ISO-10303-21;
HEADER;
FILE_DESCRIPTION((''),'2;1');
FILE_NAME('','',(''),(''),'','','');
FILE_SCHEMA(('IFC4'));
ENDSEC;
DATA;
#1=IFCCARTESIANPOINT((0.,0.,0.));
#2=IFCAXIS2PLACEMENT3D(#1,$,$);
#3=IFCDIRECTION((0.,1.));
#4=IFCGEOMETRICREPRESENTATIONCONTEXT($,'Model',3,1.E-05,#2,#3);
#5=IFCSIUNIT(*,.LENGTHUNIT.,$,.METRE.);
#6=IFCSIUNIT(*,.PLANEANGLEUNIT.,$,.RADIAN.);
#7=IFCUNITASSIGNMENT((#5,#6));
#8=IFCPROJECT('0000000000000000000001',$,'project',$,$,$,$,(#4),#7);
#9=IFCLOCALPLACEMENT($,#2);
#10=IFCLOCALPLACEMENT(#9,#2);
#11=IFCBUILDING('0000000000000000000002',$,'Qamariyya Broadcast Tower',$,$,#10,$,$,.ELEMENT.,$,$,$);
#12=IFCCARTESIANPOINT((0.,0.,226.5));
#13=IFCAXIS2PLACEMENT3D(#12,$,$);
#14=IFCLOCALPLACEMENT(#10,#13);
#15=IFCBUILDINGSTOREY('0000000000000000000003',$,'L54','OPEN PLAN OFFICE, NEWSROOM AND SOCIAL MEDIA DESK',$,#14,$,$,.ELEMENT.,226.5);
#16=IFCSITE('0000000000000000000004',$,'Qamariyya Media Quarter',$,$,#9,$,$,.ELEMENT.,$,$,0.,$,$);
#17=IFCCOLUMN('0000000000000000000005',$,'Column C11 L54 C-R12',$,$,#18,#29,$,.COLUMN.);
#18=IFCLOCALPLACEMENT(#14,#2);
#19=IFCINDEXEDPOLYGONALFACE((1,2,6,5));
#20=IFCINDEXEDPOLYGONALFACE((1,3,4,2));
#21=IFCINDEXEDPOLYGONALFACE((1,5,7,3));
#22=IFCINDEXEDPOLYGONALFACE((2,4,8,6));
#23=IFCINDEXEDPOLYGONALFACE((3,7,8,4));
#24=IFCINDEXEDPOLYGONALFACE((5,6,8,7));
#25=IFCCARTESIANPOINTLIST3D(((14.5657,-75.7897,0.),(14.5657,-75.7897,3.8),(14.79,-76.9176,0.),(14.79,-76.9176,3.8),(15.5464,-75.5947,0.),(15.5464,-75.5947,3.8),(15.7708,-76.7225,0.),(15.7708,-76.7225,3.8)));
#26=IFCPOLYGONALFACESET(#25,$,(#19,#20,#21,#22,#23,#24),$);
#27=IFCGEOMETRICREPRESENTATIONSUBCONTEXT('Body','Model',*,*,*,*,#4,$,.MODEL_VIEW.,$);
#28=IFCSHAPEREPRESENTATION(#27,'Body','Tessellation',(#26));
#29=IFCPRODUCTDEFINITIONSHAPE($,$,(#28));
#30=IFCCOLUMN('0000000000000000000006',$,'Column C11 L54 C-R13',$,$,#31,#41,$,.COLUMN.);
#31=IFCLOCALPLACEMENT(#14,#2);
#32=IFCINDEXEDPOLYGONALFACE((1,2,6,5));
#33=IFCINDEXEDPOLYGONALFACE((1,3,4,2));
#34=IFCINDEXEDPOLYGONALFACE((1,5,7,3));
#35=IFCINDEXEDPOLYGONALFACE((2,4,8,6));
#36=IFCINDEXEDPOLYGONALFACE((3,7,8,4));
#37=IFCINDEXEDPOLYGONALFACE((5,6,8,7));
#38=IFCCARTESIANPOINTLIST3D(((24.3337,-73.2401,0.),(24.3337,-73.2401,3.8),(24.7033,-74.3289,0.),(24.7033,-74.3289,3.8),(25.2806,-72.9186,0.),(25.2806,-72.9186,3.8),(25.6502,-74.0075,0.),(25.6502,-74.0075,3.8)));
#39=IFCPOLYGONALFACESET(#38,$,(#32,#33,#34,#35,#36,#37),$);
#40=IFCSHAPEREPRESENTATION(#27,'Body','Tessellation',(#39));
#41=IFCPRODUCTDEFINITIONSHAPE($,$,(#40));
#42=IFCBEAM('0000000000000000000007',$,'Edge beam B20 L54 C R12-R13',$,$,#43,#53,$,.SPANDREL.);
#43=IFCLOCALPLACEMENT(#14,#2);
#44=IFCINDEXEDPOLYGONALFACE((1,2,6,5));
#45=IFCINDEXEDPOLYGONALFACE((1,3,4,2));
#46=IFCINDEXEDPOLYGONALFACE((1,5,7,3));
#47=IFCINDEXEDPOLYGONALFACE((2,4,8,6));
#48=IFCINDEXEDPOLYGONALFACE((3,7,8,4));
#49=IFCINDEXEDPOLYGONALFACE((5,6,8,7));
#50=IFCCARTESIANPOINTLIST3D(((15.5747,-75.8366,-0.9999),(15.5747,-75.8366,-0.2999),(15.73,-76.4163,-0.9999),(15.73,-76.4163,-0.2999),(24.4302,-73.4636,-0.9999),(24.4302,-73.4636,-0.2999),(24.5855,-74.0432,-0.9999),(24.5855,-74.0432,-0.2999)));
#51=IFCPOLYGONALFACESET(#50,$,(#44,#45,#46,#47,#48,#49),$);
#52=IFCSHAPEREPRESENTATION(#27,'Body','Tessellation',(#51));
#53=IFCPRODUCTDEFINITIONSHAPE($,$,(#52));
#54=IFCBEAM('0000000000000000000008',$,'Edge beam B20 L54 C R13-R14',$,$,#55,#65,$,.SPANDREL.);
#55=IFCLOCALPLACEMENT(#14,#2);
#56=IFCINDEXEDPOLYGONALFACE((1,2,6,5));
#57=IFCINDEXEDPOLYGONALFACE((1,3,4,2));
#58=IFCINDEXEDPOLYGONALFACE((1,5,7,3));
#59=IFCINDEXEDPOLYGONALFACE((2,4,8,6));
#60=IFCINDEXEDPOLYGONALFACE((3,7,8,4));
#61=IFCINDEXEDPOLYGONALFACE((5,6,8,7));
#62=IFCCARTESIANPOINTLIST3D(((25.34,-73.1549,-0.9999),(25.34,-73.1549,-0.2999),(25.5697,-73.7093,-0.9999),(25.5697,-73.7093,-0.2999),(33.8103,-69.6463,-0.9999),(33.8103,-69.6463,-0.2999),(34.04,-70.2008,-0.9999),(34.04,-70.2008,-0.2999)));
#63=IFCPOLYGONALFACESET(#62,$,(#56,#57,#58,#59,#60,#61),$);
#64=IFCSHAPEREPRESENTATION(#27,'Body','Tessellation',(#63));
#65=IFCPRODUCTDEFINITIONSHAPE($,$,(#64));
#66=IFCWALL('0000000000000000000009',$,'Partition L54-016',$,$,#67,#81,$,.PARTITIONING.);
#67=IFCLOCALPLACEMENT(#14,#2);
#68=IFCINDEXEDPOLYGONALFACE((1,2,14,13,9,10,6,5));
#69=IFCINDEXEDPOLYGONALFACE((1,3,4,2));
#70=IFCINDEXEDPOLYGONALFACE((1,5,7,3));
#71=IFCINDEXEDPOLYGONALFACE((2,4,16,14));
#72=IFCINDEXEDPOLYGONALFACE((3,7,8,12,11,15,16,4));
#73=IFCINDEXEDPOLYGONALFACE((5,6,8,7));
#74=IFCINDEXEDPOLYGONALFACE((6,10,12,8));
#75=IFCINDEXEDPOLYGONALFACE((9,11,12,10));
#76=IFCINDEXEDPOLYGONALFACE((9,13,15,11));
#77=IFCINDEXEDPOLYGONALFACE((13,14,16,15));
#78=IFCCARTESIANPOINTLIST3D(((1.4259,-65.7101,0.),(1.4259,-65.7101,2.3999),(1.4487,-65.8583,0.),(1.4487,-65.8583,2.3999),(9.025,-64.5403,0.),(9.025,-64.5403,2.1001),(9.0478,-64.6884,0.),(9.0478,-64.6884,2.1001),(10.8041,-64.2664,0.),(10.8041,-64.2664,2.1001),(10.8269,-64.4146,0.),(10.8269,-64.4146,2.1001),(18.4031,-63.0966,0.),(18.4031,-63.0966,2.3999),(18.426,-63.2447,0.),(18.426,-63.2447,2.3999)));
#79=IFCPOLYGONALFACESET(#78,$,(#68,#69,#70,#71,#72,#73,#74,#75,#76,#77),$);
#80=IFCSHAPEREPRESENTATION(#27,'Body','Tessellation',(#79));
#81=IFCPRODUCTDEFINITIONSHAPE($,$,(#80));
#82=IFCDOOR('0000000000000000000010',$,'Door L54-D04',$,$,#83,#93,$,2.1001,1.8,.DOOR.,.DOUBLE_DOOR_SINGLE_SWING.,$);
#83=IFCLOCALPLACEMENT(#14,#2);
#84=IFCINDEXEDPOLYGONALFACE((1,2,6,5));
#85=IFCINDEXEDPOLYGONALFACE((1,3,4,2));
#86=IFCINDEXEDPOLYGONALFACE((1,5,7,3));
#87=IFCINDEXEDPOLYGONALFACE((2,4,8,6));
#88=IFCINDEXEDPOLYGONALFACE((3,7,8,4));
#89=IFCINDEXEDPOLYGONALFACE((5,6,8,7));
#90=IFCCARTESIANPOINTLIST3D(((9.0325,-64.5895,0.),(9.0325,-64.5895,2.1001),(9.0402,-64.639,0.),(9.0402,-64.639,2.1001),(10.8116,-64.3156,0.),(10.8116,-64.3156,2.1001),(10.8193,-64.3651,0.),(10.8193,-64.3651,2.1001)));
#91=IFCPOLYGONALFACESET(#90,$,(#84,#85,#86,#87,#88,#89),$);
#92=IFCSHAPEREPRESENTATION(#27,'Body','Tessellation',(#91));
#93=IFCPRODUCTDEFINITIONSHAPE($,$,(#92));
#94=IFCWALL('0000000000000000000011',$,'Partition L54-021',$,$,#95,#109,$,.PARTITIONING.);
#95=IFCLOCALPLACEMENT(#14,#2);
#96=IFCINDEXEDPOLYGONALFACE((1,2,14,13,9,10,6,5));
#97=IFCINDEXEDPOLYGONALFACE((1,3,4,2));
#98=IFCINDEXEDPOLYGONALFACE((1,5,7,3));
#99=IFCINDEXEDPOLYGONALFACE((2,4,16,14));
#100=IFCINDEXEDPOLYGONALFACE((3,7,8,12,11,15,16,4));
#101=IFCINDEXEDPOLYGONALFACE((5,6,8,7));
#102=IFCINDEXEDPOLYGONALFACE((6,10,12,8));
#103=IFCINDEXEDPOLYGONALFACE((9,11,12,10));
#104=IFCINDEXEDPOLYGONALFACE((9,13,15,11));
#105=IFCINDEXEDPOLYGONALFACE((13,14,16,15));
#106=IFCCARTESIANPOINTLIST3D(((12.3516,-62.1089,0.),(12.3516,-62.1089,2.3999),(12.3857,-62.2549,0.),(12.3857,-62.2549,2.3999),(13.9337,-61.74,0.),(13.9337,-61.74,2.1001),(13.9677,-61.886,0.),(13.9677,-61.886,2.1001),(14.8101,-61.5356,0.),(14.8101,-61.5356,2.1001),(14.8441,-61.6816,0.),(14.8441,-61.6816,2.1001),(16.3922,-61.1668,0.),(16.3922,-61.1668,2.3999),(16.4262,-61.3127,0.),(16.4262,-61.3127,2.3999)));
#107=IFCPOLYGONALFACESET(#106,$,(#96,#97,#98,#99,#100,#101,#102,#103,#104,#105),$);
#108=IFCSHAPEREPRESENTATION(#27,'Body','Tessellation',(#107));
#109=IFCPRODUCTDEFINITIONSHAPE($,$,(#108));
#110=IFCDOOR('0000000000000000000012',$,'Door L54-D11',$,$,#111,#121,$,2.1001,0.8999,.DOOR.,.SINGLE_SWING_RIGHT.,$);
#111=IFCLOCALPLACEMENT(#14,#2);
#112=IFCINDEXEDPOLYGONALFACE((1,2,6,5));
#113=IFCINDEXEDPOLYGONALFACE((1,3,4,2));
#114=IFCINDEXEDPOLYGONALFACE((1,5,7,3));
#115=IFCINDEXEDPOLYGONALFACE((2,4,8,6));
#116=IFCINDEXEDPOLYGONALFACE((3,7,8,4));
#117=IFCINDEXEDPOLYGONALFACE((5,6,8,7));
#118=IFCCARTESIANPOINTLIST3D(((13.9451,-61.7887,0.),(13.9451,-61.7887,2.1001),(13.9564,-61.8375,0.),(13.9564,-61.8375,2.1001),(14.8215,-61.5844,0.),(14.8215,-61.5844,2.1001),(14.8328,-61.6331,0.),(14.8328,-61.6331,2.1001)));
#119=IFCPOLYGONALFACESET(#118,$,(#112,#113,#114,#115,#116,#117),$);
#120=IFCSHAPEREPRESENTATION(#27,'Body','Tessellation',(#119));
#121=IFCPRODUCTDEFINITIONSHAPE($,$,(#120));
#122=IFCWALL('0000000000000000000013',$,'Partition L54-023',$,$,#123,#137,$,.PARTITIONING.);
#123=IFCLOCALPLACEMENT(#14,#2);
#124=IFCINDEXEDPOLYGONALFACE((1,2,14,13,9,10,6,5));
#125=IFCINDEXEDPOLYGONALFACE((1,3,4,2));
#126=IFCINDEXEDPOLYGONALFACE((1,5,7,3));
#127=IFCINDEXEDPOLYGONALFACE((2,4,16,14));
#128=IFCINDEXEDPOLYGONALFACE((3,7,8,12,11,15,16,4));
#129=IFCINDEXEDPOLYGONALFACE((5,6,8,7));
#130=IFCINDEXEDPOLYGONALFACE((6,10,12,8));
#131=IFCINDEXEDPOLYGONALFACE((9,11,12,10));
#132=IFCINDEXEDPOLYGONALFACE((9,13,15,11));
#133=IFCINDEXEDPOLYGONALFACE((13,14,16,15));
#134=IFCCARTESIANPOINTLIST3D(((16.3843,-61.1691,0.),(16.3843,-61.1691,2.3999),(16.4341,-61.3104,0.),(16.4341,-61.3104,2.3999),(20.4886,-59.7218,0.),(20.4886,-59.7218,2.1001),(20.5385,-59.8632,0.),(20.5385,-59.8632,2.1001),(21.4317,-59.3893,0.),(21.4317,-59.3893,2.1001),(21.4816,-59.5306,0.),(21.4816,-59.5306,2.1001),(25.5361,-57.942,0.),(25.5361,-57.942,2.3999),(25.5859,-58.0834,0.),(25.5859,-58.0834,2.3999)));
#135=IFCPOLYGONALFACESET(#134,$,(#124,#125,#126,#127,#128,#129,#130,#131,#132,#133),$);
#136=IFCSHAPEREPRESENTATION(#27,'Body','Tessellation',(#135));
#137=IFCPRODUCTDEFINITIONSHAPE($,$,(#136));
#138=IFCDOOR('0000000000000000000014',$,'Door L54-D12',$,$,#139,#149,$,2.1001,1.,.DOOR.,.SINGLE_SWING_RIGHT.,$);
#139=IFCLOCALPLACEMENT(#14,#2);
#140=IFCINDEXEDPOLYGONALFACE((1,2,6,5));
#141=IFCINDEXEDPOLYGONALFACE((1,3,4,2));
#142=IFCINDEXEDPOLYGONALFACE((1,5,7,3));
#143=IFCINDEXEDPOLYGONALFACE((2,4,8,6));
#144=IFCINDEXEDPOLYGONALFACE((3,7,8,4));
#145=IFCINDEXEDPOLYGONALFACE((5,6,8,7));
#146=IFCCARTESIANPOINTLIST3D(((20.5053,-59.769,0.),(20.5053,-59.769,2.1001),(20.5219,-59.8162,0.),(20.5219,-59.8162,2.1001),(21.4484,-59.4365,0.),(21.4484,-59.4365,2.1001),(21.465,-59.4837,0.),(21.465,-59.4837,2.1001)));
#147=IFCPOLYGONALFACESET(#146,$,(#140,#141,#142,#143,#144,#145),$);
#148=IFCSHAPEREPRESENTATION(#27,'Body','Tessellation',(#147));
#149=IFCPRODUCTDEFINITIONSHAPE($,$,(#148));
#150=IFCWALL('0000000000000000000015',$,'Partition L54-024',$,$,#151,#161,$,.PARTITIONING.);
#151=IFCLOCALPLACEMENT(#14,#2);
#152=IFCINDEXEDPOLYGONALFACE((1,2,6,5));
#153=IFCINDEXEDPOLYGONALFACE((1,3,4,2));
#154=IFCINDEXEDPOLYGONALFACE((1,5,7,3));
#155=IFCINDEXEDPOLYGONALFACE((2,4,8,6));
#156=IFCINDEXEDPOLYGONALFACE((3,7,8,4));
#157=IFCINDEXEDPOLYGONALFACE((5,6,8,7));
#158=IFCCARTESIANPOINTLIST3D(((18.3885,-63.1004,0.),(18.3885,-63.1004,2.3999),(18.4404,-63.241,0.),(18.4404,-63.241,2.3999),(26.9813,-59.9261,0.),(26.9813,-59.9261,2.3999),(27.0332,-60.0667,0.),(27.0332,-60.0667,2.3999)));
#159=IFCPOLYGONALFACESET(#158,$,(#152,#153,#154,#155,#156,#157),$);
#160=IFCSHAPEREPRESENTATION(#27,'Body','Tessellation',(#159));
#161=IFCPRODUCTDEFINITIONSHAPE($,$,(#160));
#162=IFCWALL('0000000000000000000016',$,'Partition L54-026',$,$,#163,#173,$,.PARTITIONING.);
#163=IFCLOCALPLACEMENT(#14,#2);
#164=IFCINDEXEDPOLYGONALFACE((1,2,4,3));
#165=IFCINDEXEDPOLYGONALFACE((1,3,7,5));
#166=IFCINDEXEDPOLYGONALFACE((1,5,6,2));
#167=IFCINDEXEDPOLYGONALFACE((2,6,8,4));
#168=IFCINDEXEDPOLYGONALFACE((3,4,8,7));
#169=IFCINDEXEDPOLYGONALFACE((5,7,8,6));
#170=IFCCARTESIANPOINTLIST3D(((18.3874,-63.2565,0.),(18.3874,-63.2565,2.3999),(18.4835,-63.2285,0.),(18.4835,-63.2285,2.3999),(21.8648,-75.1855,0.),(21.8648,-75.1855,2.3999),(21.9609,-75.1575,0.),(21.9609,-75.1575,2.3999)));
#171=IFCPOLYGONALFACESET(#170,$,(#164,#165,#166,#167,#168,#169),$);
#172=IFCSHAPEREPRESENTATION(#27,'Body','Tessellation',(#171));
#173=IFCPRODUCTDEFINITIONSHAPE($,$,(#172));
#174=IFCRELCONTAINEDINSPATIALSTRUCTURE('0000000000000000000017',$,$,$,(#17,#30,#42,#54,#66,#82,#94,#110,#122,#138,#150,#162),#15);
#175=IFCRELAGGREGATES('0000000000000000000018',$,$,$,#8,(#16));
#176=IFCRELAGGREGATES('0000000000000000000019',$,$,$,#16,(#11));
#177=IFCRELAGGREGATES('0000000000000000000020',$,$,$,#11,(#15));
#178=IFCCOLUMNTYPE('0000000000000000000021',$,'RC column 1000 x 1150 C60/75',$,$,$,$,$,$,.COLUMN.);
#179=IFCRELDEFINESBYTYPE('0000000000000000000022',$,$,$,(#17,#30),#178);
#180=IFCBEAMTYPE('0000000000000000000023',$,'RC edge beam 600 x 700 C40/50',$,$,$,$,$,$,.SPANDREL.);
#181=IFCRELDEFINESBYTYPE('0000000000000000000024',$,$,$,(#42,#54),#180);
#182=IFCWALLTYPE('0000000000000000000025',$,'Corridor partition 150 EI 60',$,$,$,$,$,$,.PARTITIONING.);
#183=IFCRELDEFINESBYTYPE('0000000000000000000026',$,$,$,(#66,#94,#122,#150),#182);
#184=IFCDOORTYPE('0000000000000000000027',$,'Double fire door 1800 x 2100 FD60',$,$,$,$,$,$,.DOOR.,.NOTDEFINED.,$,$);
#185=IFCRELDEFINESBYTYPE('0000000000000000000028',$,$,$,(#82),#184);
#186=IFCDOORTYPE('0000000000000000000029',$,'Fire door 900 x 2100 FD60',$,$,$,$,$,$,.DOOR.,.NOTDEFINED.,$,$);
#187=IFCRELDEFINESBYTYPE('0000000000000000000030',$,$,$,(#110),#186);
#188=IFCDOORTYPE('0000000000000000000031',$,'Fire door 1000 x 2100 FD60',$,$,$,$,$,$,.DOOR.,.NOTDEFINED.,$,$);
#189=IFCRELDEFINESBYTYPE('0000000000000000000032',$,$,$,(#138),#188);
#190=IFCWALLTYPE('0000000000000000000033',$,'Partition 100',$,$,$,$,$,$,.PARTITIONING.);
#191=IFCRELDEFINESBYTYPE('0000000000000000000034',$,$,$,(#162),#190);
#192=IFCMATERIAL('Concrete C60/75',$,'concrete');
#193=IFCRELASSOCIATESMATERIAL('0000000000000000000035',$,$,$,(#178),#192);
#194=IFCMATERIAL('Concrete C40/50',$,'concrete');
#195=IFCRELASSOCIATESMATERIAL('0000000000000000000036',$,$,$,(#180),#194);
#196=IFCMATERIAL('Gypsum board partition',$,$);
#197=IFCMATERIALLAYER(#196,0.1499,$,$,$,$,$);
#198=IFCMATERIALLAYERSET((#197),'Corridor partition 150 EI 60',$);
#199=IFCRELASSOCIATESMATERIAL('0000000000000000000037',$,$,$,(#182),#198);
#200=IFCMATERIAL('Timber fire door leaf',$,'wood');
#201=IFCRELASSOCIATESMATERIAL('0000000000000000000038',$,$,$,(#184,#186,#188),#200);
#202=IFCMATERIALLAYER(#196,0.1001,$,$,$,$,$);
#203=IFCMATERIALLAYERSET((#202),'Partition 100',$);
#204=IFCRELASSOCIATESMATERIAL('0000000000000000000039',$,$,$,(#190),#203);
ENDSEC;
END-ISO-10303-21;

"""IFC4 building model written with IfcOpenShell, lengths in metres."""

from ifc_helpers import new_model, si_unit, direction, frame, frame_2d, origin, origin_2d, place, context, subcontext, project, spatial, rectangle, extrude, material, layer, layer_set, material_profile, profile_set, type_object, element, fill, save


model = new_model("IFC4")

# Units and contexts
model_context = context("Model", 3, precision=1e-05, world=origin(), true_north=direction((0.0, 1.0)))
body_context = subcontext(model_context, "Body", "Model", "MODEL_VIEW")
ifc_project = project(units=[si_unit("LENGTHUNIT", "METRE"), si_unit("PLANEANGLEUNIT", "RADIAN")], contexts=[model_context])

# Site, building, storey
site_placement = place(None, origin())
site = spatial("IfcSite", under=ifc_project, at=site_placement, Name="Qamariyya Media Quarter", CompositionType="ELEMENT", RefElevation=0.0)
building_placement = place(site_placement, origin())
building = spatial("IfcBuilding", under=site, at=building_placement, Name="Qamariyya Broadcast Tower", CompositionType="ELEMENT")
storey_placement = place(building_placement, frame((0.0, 0.0, 226.5)))
storey = spatial("IfcBuildingStorey", under=building, at=storey_placement, Name="L54", Description="OPEN PLAN OFFICE, NEWSROOM AND SOCIAL MEDIA DESK", CompositionType="ELEMENT", Elevation=226.5)

# Columns
ifc_material_1 = material(Name="Concrete C60/75", Category="concrete")
ifc_material_profile_1 = material_profile(ifc_material_1, rectangle(XDim=1.0, YDim=1.1499, at=origin_2d()))
ifc_profile_set_1 = profile_set([ifc_material_profile_1], Name="Concrete C60/75")
column_type = type_object("IfcColumnType", Name="RC column 1000 x 1150 C60/75", PredefinedType="COLUMN", material=ifc_profile_set_1)
for number, where, z_axis, x_axis, name in (
    (1, (15.1682, -76.2561, 0.0), (0.0, 0.0, 1.0), (0.980785, 0.19509, 0.0), "Column C11 L54 C-R12"),
    (2, (24.9919, -73.6238, 0.0), (0.0, 0.0, 1.0), (0.94693, 0.321439, 0.0), "Column C11 L54 C-R13"),
):
    element("IfcColumn", number, at=place(storey_placement, frame(where, z_axis=z_axis, x_axis=x_axis)), inside=storey, type_object=column_type, Name=name, PredefinedType="COLUMN", context=body_context, shape_type="SweptSolid", body=[
        extrude(rectangle(XDim=1.0, YDim=1.1499, at=origin_2d()), origin(), (0.0, 0.0, 1.0), 3.8),
    ])

# Beams
ifc_material_2 = material(Name="Concrete C40/50", Category="concrete")
ifc_material_profile_2 = material_profile(ifc_material_2, rectangle(XDim=0.6001, YDim=0.7, at=origin_2d()))
ifc_profile_set_2 = profile_set([ifc_material_profile_2], Name="Concrete C40/50")
beam_type = type_object("IfcBeamType", Name="RC edge beam 600 x 700 C40/50", PredefinedType="SPANDREL", material=ifc_profile_set_2)
beam_1_placement = place(storey_placement, frame((15.6523, -76.1265, -0.6499), z_axis=(0.96592, 0.258843, 0.0), x_axis=(-0.258843, 0.96592, 0.0)))
element("IfcBeam", 3, at=beam_1_placement, inside=storey, type_object=beam_type, Name="Edge beam B20 L54 C R12-R13", PredefinedType="SPANDREL", context=body_context, shape_type="SweptSolid", body=[
    extrude(rectangle(XDim=0.6001, YDim=0.7, at=origin_2d()), origin(), (0.0, 0.0, 1.0), 9.168),
])
beam_2_placement = place(storey_placement, frame((25.4548, -73.4321, -0.6499), z_axis=(0.923877, 0.38269, 0.0), x_axis=(-0.38269, 0.923877, 0.0)))
element("IfcBeam", 4, at=beam_2_placement, inside=storey, type_object=beam_type, Name="Edge beam B20 L54 C R13-R14", PredefinedType="SPANDREL", context=body_context, shape_type="SweptSolid", body=[
    extrude(rectangle(XDim=0.6001, YDim=0.7, at=origin_2d()), origin(), (0.0, 0.0, 1.0), 9.1682),
])

# Walls, openings, doors
ifc_material_3 = material(Name="Gypsum board partition")
ifc_layer_1 = layer(ifc_material_3, 0.1499)
ifc_layer_set_1 = layer_set([ifc_layer_1], Name="Corridor partition 150 EI 60")
wall_type_1 = type_object("IfcWallType", Name="Corridor partition 150 EI 60", PredefinedType="PARTITIONING", material=ifc_layer_set_1)
wall_1_placement = place(storey_placement, frame((18.4146, -63.1707, 0.0), z_axis=(0.0, 0.0, 1.0), x_axis=(-0.988357, -0.15215, 0.0)))
wall_1 = element("IfcWall", 5, at=wall_1_placement, inside=storey, type_object=wall_type_1, Name="Partition L54-016", PredefinedType="PARTITIONING", context=body_context, shape_type="SweptSolid", body=[
    extrude(rectangle(XDim=17.1772, YDim=0.1499, at=frame_2d((8.5886, 0.0))), origin(), (0.0, 0.0, 1.0), 2.3999),
])
opening_1_placement = place(wall_1_placement, frame((7.6887, 0.0, 0.0)))
opening_1 = element("IfcOpeningElement", 6, at=opening_1_placement, cuts=wall_1, PredefinedType="OPENING", context=body_context, shape_type="SweptSolid", body=[
    extrude(rectangle(XDim=1.8, YDim=2.1001, at=frame_2d((0.8999, 1.05))), frame((0.0, 0.085, 0.0), z_axis=(0.0, -1.0, 0.0), x_axis=(1.0, 0.0, 0.0)), (0.0, 0.0, 1.0), 0.1699),
])
ifc_material_4 = material(Name="Timber fire door leaf", Category="wood")
door_type_1 = type_object("IfcDoorType", Name="Double fire door 1800 x 2100 FD60", OperationType="NOTDEFINED", PredefinedType="DOOR", material=ifc_material_4)
door_1_placement = place(opening_1_placement, origin())
door_1 = element("IfcDoor", 7, at=door_1_placement, inside=storey, type_object=door_type_1, Name="Door L54-D04", OperationType="DOUBLE_DOOR_SINGLE_SWING", OverallHeight=2.1001, OverallWidth=1.8, PredefinedType="DOOR", context=body_context, shape_type="SweptSolid", body=[
    extrude(rectangle(XDim=1.8, YDim=2.1001, at=frame_2d((0.8999, 1.05))), frame((0.0, 0.0249, 0.0), z_axis=(0.0, -1.0, 0.0), x_axis=(1.0, 0.0, 0.0)), (0.0, 0.0, 1.0), 0.05),
])
fill(opening_1, door_1)
wall_2_placement = place(storey_placement, frame((12.3687, -62.1819, 0.0), z_axis=(0.0, 0.0, 1.0), x_axis=(0.973876, 0.227081, 0.0)))
wall_2 = element("IfcWall", 8, at=wall_2_placement, inside=storey, type_object=wall_type_1, Name="Partition L54-021", PredefinedType="PARTITIONING", context=body_context, shape_type="SweptSolid", body=[
    extrude(rectangle(XDim=4.1489, YDim=0.1499, at=frame_2d((2.0745, 0.0))), origin(), (0.0, 0.0, 1.0), 2.3999),
])
opening_2_placement = place(wall_2_placement, frame((1.6245, 0.0, 0.0)))
opening_2 = element("IfcOpeningElement", 9, at=opening_2_placement, cuts=wall_2, PredefinedType="OPENING", context=body_context, shape_type="SweptSolid", body=[
    extrude(rectangle(XDim=0.8999, YDim=2.1001, at=frame_2d((0.45, 1.05))), frame((0.0, 0.085, 0.0), z_axis=(0.0, -1.0, 0.0), x_axis=(1.0, 0.0, 0.0)), (0.0, 0.0, 1.0), 0.1699),
])
door_type_2 = type_object("IfcDoorType", Name="Fire door 900 x 2100 FD60", OperationType="NOTDEFINED", PredefinedType="DOOR", material=ifc_material_4)
door_2_placement = place(opening_2_placement, origin())
door_2 = element("IfcDoor", 10, at=door_2_placement, inside=storey, type_object=door_type_2, Name="Door L54-D11", OperationType="SINGLE_SWING_RIGHT", OverallHeight=2.1001, OverallWidth=0.8999, PredefinedType="DOOR", context=body_context, shape_type="SweptSolid", body=[
    extrude(rectangle(XDim=0.8999, YDim=2.1001, at=frame_2d((0.45, 1.05))), frame((0.0, 0.0249, 0.0), z_axis=(0.0, -1.0, 0.0), x_axis=(1.0, 0.0, 0.0)), (0.0, 0.0, 1.0), 0.05),
])
fill(opening_2, door_2)
wall_3_placement = place(storey_placement, frame((16.4092, -61.2397, 0.0), z_axis=(0.0, 0.0, 1.0), x_axis=(0.943088, 0.332544, 0.0)))
wall_3 = element("IfcWall", 11, at=wall_3_placement, inside=storey, type_object=wall_type_1, Name="Partition L54-023", PredefinedType="PARTITIONING", context=body_context, shape_type="SweptSolid", body=[
    extrude(rectangle(XDim=9.7041, YDim=0.1499, at=frame_2d((4.8521, 0.0))), origin(), (0.0, 0.0, 1.0), 2.3999),
])
opening_3_placement = place(wall_3_placement, frame((4.3521, 0.0, 0.0)))
opening_3 = element("IfcOpeningElement", 12, at=opening_3_placement, cuts=wall_3, PredefinedType="OPENING", context=body_context, shape_type="SweptSolid", body=[
    extrude(rectangle(XDim=1.0, YDim=2.1001, at=frame_2d((0.5, 1.05))), frame((0.0, 0.085, 0.0), z_axis=(0.0, -1.0, 0.0), x_axis=(1.0, 0.0, 0.0)), (0.0, 0.0, 1.0), 0.1699),
])
door_type_3 = type_object("IfcDoorType", Name="Fire door 1000 x 2100 FD60", OperationType="NOTDEFINED", PredefinedType="DOOR", material=ifc_material_4)
door_3_placement = place(opening_3_placement, origin())
door_3 = element("IfcDoor", 13, at=door_3_placement, inside=storey, type_object=door_type_3, Name="Door L54-D12", OperationType="SINGLE_SWING_RIGHT", OverallHeight=2.1001, OverallWidth=1.0, PredefinedType="DOOR", context=body_context, shape_type="SweptSolid", body=[
    extrude(rectangle(XDim=1.0, YDim=2.1001, at=frame_2d((0.5, 1.05))), frame((0.0, 0.0249, 0.0), z_axis=(0.0, -1.0, 0.0), x_axis=(1.0, 0.0, 0.0)), (0.0, 0.0, 1.0), 0.05),
])
fill(opening_3, door_3)

# Walls
wall_4_placement = place(storey_placement, frame((18.4146, -63.1707, 0.0), z_axis=(0.0, 0.0, 1.0), x_axis=(0.93804, 0.346528, 0.0)))
element("IfcWall", 14, at=wall_4_placement, inside=storey, type_object=wall_type_1, Name="Partition L54-024", PredefinedType="PARTITIONING", context=body_context, shape_type="SweptSolid", body=[
    extrude(rectangle(XDim=9.1604, YDim=0.1499, at=frame_2d((4.5801, 0.0))), origin(), (0.0, 0.0, 1.0), 2.3999),
])
ifc_layer_2 = layer(ifc_material_3, 0.1001)
ifc_layer_set_2 = layer_set([ifc_layer_2], Name="Partition 100")
wall_type_2 = type_object("IfcWallType", Name="Partition 100", PredefinedType="PARTITIONING", material=ifc_layer_set_2)
wall_5_placement = place(storey_placement, frame((21.9128, -75.1716, 0.0), z_axis=(0.0, 0.0, 1.0), x_axis=(-0.279853, 0.960043, 0.0)))
element("IfcWall", 15, at=wall_5_placement, inside=storey, type_object=wall_type_2, Name="Partition L54-026", PredefinedType="PARTITIONING", context=body_context, shape_type="SweptSolid", body=[
    extrude(rectangle(XDim=12.4255, YDim=0.1001, at=frame_2d((6.2129, 0.0))), origin(), (0.0, 0.0, 1.0), 2.3999),
])

save(model, "model.ifc")
